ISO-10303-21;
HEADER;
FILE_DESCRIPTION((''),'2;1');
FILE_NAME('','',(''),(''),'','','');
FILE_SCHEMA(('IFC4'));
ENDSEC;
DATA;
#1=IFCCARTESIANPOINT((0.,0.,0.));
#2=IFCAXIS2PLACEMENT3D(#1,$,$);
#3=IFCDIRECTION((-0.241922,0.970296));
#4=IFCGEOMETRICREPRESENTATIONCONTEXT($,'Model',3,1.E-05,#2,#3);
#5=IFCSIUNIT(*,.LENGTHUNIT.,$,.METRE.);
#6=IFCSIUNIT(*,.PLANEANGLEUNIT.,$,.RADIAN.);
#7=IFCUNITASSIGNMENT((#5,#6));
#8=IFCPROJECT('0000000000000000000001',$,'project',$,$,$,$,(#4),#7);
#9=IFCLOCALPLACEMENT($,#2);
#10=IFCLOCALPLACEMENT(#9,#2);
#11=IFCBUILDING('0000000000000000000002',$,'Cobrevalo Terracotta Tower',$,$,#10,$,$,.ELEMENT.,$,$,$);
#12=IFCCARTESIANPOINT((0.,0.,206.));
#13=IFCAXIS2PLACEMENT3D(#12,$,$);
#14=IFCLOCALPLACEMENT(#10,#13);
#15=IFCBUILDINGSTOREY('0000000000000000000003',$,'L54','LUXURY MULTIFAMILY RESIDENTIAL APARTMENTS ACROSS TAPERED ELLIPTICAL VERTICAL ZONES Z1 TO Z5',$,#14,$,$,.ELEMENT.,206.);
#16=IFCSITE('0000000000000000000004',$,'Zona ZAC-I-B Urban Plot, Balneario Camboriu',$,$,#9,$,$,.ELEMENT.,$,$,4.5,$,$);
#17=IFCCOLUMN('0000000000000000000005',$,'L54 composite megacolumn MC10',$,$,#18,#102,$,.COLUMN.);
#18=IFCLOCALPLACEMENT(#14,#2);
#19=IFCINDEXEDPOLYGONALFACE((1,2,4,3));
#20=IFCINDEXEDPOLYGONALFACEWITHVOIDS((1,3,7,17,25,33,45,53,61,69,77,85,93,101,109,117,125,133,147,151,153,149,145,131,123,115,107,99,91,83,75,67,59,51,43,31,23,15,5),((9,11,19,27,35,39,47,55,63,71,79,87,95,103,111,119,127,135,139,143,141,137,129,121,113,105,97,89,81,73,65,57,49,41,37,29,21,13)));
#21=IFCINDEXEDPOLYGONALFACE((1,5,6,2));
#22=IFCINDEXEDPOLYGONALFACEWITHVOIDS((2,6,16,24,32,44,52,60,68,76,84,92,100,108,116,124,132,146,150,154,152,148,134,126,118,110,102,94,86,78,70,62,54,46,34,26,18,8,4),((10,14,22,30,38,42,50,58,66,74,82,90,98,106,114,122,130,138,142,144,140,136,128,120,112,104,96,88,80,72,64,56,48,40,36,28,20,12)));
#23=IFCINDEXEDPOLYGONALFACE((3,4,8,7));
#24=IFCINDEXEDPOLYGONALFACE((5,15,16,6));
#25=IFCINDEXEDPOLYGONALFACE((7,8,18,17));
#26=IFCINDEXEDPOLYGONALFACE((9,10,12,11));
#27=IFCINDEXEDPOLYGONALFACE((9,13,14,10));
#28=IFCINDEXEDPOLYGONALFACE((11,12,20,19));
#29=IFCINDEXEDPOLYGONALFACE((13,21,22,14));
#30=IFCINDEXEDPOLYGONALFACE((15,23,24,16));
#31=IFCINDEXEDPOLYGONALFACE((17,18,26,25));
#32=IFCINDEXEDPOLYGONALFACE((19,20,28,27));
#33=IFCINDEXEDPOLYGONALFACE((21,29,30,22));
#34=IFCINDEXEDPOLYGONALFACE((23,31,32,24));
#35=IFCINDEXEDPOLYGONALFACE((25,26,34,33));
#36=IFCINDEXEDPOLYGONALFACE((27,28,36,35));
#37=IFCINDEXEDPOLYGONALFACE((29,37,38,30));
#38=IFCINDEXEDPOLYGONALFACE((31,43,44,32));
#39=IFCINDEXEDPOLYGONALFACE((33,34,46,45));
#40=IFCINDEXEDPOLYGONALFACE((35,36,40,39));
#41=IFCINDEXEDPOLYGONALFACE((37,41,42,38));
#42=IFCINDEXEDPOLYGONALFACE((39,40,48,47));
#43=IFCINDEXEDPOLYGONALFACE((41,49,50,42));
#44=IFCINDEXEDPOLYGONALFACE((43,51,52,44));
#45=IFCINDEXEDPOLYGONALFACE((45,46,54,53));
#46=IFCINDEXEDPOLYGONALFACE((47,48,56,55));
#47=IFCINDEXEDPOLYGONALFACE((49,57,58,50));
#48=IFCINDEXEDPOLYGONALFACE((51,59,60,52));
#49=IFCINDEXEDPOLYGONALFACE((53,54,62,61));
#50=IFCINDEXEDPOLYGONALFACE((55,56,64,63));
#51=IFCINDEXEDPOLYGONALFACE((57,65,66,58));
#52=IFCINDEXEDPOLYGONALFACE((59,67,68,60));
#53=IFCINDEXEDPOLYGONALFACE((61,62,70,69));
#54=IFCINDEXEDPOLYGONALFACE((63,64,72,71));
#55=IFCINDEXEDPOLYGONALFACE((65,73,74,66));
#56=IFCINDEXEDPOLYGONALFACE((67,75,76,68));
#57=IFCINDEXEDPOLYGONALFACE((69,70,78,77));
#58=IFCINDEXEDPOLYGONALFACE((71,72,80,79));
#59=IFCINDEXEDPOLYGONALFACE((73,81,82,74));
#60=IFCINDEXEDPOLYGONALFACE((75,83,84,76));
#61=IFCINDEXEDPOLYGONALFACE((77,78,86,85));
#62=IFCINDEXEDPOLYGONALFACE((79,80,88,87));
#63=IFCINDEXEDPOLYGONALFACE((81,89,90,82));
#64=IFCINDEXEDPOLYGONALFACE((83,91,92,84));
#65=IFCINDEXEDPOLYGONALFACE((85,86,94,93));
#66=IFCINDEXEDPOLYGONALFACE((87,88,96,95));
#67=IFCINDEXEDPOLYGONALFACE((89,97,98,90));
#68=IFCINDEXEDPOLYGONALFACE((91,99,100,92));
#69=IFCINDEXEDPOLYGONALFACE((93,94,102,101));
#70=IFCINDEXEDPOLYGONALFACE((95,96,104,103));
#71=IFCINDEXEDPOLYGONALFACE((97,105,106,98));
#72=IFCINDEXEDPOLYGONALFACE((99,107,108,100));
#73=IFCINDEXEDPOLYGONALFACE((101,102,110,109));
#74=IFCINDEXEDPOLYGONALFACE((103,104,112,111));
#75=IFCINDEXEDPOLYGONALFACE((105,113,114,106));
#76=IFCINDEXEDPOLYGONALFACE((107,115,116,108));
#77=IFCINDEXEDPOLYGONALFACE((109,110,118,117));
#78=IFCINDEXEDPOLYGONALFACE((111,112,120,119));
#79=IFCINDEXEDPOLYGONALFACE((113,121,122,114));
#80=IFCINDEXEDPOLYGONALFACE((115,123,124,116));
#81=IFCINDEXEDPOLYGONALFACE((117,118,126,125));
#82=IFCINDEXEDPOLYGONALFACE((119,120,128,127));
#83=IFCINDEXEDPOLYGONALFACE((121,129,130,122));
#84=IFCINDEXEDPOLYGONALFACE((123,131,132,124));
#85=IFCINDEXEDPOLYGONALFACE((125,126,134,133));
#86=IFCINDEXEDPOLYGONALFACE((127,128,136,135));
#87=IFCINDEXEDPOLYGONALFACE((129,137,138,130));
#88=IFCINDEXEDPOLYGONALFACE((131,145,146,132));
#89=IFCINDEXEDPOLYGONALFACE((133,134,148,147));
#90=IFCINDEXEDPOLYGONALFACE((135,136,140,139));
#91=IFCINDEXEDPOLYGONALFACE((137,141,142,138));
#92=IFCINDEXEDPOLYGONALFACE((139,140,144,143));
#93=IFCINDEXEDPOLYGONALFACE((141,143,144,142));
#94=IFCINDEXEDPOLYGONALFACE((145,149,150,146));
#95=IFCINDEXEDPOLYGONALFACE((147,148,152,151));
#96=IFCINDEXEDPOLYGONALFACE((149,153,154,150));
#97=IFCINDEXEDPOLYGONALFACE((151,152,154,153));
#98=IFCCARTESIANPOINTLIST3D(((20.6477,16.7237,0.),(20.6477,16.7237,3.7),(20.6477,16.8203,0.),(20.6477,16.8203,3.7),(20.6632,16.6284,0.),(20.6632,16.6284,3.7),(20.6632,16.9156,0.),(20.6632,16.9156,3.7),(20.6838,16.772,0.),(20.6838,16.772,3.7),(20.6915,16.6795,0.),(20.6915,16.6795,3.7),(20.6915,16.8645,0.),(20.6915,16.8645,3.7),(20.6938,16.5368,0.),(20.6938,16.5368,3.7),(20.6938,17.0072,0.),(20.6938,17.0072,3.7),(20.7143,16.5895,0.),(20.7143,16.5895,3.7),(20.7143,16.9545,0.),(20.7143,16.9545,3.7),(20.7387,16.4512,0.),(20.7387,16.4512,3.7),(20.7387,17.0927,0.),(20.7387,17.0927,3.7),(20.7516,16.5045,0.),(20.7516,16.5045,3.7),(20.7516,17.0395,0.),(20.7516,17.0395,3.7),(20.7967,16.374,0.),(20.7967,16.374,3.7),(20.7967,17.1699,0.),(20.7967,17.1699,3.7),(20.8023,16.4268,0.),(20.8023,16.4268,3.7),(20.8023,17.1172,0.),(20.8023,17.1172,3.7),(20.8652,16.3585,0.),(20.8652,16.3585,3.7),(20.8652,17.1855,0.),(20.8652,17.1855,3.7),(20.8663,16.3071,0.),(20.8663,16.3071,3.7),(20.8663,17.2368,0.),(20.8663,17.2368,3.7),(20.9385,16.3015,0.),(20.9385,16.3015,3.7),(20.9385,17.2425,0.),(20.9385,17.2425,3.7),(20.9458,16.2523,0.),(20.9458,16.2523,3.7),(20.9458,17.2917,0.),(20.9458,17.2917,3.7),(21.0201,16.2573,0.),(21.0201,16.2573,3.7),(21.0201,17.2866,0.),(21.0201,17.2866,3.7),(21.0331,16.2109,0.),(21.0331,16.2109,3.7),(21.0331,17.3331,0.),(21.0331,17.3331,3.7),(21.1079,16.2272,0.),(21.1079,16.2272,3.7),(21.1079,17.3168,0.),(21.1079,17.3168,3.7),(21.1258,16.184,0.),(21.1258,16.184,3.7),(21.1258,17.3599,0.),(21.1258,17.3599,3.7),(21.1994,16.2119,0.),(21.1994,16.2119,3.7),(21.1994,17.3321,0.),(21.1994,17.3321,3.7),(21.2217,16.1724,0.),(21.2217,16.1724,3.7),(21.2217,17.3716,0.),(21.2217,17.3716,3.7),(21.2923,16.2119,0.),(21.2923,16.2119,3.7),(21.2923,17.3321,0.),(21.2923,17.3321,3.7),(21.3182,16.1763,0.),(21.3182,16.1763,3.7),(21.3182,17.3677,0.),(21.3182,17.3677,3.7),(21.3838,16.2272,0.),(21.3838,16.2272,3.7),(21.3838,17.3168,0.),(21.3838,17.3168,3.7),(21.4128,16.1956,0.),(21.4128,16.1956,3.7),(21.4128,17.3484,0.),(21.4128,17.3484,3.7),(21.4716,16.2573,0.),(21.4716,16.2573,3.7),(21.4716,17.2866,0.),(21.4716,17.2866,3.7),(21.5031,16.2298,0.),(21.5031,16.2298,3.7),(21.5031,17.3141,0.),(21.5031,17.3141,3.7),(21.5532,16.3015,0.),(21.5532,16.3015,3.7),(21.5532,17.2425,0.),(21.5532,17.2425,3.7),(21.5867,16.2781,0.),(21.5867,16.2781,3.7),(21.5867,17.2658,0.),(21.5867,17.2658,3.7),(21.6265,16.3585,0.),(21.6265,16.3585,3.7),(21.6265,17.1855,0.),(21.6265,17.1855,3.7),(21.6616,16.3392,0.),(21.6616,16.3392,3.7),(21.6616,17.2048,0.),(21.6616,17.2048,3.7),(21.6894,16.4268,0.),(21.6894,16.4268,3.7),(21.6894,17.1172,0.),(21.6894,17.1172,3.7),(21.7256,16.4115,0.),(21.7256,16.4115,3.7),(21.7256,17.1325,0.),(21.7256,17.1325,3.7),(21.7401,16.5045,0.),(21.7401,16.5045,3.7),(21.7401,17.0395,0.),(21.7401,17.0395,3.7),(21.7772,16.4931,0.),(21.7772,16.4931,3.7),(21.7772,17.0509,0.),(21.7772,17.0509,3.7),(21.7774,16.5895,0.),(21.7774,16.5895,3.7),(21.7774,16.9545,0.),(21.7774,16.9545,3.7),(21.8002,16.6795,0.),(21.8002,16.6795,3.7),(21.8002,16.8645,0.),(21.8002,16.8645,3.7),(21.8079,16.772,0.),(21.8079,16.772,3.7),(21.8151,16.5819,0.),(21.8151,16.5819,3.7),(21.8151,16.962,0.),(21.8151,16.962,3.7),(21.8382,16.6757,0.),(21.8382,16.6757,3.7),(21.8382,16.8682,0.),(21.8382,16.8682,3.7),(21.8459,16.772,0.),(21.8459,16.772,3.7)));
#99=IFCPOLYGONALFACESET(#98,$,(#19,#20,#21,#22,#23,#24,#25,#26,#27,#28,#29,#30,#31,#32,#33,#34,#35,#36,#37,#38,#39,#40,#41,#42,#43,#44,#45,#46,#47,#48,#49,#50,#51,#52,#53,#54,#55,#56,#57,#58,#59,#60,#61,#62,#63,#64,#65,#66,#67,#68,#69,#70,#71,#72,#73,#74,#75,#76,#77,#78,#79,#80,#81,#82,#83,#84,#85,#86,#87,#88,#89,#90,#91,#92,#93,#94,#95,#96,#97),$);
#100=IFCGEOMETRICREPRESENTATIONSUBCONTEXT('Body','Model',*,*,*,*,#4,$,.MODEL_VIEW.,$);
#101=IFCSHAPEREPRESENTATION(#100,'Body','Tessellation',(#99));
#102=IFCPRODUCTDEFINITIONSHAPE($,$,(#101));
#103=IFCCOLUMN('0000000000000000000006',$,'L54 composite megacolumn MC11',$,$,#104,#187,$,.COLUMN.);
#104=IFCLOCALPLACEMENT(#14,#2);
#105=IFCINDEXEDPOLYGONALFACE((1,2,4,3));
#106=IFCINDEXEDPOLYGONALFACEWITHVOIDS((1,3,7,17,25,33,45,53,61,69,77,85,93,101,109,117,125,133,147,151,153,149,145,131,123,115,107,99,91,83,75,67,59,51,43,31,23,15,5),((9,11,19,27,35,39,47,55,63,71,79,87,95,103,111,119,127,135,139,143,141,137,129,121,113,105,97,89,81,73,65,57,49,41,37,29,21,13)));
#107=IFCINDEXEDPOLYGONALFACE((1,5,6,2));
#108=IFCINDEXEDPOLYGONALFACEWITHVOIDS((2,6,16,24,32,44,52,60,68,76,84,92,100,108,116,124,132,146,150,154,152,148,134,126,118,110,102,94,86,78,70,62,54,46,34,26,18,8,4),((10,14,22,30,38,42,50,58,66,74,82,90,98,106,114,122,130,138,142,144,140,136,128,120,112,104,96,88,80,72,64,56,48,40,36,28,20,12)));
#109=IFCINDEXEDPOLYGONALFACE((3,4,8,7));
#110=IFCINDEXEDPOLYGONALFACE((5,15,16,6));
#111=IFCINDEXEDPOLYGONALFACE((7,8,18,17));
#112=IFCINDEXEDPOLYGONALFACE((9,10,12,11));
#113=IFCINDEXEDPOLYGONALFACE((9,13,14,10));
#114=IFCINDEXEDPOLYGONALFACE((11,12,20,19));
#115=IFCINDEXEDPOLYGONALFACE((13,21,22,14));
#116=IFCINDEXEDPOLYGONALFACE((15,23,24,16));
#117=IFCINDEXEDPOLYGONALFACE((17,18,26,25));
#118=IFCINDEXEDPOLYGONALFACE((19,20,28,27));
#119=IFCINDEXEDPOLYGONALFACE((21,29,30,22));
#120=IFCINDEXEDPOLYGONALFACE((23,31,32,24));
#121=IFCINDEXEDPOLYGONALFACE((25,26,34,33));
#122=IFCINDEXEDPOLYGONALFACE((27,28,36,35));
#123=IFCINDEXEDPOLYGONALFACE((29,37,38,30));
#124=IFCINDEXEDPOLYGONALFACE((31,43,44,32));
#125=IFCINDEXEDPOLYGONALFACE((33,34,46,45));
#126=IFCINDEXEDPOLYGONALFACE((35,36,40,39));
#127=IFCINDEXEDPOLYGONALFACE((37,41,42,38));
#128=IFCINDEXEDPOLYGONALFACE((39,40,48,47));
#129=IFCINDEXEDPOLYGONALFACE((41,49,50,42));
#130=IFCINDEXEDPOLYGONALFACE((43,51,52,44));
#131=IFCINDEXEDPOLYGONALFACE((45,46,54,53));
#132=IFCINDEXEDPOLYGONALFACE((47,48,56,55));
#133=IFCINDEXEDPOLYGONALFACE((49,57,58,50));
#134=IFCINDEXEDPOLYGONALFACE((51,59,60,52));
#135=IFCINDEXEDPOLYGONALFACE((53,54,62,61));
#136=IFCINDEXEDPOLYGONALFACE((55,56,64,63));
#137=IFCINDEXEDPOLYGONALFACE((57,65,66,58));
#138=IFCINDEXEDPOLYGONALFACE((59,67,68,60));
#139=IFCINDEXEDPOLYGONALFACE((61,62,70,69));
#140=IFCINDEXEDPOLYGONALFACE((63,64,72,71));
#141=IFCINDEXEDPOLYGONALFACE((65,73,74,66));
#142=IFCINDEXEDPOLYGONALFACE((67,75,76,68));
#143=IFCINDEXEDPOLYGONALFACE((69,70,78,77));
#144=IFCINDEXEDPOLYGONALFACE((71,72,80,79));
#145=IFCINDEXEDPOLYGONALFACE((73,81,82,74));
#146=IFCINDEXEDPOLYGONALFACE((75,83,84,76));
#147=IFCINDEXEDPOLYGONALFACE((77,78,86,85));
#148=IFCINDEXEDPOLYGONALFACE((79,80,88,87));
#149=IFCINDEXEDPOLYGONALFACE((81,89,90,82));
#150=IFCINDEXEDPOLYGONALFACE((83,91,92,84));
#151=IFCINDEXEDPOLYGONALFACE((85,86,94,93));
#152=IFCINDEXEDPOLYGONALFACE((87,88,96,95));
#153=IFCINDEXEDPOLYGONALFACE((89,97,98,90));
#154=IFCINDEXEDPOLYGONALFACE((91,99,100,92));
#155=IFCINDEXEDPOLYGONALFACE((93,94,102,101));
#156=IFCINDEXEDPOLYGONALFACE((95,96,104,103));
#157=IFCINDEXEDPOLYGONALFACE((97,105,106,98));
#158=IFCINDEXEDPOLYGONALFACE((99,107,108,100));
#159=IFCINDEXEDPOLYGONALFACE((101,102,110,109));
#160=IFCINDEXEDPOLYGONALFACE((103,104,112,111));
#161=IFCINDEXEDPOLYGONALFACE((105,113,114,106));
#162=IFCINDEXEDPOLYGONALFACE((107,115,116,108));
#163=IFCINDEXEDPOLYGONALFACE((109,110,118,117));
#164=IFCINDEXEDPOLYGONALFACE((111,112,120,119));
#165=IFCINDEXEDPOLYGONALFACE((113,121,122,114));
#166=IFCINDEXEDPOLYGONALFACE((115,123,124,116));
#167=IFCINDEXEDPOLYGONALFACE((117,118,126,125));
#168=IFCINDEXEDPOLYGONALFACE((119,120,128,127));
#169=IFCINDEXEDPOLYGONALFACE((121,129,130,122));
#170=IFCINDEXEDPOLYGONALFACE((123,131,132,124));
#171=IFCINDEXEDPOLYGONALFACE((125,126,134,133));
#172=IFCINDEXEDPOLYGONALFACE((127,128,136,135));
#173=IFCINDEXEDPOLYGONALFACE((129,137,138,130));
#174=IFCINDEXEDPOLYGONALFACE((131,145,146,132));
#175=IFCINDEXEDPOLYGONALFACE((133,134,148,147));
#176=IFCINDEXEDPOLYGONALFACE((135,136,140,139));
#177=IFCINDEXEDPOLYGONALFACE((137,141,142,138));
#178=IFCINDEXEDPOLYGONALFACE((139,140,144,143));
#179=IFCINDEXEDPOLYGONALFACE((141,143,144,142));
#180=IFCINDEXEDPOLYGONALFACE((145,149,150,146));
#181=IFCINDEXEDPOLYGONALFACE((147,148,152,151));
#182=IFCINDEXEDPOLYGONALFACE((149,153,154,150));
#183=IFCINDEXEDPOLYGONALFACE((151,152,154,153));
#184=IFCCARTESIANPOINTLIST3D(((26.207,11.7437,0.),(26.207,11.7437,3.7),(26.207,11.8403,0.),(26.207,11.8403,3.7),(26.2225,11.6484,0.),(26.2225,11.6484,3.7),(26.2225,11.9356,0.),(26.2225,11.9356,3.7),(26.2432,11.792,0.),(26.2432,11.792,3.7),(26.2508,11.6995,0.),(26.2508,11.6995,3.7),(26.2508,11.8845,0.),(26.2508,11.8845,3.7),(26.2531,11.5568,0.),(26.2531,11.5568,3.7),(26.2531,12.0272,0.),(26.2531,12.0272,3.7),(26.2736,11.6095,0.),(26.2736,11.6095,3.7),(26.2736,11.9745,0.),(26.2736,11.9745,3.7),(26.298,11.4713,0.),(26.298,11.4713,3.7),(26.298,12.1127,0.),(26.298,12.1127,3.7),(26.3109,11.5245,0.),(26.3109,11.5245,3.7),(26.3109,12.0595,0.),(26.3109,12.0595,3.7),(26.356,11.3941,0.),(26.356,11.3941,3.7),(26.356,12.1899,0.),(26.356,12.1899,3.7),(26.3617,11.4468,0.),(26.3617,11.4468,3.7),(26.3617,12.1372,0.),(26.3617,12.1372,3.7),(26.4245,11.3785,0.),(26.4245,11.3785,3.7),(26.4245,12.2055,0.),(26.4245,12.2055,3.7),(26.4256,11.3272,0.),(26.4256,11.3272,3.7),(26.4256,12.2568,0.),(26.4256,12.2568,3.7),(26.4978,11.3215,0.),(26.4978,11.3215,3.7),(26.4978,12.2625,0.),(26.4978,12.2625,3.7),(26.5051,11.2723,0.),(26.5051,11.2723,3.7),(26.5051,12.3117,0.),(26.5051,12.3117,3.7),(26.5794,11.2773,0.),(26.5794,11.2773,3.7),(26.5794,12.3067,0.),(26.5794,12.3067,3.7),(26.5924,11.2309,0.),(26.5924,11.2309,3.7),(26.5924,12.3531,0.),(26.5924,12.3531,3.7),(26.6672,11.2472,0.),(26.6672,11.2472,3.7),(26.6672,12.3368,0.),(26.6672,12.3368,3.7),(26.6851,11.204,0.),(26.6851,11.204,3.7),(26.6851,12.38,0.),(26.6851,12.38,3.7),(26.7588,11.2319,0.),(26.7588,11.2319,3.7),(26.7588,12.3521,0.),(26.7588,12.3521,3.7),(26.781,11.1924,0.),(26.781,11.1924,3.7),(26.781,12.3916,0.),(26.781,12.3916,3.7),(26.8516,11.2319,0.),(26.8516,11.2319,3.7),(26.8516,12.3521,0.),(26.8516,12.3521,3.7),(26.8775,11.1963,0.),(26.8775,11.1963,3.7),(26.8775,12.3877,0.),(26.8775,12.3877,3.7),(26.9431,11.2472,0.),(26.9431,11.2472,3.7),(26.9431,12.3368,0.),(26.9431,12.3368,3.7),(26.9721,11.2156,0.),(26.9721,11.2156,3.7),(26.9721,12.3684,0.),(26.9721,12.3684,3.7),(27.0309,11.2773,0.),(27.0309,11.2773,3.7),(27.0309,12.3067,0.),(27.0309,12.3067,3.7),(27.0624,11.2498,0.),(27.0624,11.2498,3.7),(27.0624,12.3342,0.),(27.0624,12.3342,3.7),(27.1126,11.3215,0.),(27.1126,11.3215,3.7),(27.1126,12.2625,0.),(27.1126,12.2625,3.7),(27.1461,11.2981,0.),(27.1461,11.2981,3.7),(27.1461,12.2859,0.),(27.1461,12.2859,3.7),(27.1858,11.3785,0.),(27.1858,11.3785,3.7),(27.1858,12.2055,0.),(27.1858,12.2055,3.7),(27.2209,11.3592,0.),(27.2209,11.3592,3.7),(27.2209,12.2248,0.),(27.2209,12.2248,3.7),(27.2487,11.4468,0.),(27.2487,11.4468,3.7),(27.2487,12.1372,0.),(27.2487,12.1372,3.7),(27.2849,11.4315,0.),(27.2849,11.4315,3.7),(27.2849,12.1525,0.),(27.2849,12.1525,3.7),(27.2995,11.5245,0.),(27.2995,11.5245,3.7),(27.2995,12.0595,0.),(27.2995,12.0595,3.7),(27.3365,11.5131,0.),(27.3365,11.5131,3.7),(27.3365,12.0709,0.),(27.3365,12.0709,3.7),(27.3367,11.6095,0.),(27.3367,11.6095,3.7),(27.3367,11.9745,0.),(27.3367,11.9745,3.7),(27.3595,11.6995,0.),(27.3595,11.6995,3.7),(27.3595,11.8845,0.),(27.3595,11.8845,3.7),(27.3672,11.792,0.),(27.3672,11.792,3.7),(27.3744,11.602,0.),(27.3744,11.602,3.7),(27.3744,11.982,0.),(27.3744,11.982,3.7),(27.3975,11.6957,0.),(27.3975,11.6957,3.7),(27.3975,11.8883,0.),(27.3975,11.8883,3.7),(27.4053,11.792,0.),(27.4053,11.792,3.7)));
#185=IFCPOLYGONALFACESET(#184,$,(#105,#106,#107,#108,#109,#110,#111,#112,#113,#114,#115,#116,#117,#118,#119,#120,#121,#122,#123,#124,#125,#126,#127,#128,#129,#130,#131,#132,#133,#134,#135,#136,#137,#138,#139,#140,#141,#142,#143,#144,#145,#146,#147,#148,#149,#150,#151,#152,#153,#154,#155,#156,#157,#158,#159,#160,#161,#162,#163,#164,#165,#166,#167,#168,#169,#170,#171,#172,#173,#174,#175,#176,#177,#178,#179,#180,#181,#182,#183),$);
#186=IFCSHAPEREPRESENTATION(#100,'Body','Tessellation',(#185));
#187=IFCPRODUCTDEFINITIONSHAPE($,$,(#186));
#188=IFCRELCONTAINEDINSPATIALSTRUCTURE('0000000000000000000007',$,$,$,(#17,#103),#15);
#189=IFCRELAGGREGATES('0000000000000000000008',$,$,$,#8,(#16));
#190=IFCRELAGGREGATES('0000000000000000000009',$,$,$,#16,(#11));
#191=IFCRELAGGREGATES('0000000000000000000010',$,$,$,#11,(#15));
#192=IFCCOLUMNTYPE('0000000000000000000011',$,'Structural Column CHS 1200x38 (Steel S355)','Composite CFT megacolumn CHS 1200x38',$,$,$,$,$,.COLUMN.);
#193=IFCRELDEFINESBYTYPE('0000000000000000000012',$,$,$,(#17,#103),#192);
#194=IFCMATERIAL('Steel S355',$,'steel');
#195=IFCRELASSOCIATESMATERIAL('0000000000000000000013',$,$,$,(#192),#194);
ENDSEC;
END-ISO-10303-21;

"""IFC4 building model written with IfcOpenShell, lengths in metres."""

from ifc_helpers import new_model, si_unit, direction, frame, origin, origin_2d, place, context, subcontext, project, spatial, hollow_circle, extrude, material, material_profile, profile_set, type_object, element, save


model = new_model("IFC4")

# Units and contexts
model_context = context("Model", 3, precision=1e-05, world=origin(), true_north=direction((-0.241922, 0.970296)))
body_context = subcontext(model_context, "Body", "Model", "MODEL_VIEW")
ifc_project = project(units=[si_unit("LENGTHUNIT", "METRE"), si_unit("PLANEANGLEUNIT", "RADIAN")], contexts=[model_context])

# Site, building, storey
site_placement = place(None, origin())
site = spatial("IfcSite", under=ifc_project, at=site_placement, Name="Zona ZAC-I-B Urban Plot, Balneario Camboriu", CompositionType="ELEMENT", RefElevation=4.5)
building_placement = place(site_placement, origin())
building = spatial("IfcBuilding", under=site, at=building_placement, Name="Cobrevalo Terracotta Tower", CompositionType="ELEMENT")
storey_placement = place(building_placement, frame((0.0, 0.0, 206.0)))
storey = spatial("IfcBuildingStorey", under=building, at=storey_placement, Name="L54", Description="LUXURY MULTIFAMILY RESIDENTIAL APARTMENTS ACROSS TAPERED ELLIPTICAL VERTICAL ZONES Z1 TO Z5", CompositionType="ELEMENT", Elevation=206.0)

# Columns
ifc_material_1 = material(Name="Steel S355", Category="steel")
ifc_material_profile_1 = material_profile(ifc_material_1, hollow_circle(Radius=0.6001, WallThickness=0.0381, at=origin_2d()), Name="CHS 1200x38")
ifc_profile_set_1 = profile_set([ifc_material_profile_1], Name="Steel S355")
column_type = type_object("IfcColumnType", Name="Structural Column CHS 1200x38 (Steel S355)", Description="Composite CFT megacolumn CHS 1200x38", PredefinedType="COLUMN", material=ifc_profile_set_1)
for number, where, z_axis, x_axis, name in (
    (1, (21.2458, 16.772, 0.0), (0.0, 0.0, 1.0), (1.0, 0.0, 0.0), "L54 composite megacolumn MC10"),
    (2, (26.8052, 11.792, 0.0), (0.0, 0.0, 1.0), (1.0, 0.0, 0.0), "L54 composite megacolumn MC11"),
):
    element("IfcColumn", number, at=place(storey_placement, frame(where, z_axis=z_axis, x_axis=x_axis)), inside=storey, type_object=column_type, Name=name, PredefinedType="COLUMN", context=body_context, shape_type="SweptSolid", body=[
        extrude(hollow_circle(Radius=0.6001, WallThickness=0.0381, at=origin_2d()), origin(), (0.0, 0.0, 1.0), 3.7),
    ])

save(model, "model.ifc")
